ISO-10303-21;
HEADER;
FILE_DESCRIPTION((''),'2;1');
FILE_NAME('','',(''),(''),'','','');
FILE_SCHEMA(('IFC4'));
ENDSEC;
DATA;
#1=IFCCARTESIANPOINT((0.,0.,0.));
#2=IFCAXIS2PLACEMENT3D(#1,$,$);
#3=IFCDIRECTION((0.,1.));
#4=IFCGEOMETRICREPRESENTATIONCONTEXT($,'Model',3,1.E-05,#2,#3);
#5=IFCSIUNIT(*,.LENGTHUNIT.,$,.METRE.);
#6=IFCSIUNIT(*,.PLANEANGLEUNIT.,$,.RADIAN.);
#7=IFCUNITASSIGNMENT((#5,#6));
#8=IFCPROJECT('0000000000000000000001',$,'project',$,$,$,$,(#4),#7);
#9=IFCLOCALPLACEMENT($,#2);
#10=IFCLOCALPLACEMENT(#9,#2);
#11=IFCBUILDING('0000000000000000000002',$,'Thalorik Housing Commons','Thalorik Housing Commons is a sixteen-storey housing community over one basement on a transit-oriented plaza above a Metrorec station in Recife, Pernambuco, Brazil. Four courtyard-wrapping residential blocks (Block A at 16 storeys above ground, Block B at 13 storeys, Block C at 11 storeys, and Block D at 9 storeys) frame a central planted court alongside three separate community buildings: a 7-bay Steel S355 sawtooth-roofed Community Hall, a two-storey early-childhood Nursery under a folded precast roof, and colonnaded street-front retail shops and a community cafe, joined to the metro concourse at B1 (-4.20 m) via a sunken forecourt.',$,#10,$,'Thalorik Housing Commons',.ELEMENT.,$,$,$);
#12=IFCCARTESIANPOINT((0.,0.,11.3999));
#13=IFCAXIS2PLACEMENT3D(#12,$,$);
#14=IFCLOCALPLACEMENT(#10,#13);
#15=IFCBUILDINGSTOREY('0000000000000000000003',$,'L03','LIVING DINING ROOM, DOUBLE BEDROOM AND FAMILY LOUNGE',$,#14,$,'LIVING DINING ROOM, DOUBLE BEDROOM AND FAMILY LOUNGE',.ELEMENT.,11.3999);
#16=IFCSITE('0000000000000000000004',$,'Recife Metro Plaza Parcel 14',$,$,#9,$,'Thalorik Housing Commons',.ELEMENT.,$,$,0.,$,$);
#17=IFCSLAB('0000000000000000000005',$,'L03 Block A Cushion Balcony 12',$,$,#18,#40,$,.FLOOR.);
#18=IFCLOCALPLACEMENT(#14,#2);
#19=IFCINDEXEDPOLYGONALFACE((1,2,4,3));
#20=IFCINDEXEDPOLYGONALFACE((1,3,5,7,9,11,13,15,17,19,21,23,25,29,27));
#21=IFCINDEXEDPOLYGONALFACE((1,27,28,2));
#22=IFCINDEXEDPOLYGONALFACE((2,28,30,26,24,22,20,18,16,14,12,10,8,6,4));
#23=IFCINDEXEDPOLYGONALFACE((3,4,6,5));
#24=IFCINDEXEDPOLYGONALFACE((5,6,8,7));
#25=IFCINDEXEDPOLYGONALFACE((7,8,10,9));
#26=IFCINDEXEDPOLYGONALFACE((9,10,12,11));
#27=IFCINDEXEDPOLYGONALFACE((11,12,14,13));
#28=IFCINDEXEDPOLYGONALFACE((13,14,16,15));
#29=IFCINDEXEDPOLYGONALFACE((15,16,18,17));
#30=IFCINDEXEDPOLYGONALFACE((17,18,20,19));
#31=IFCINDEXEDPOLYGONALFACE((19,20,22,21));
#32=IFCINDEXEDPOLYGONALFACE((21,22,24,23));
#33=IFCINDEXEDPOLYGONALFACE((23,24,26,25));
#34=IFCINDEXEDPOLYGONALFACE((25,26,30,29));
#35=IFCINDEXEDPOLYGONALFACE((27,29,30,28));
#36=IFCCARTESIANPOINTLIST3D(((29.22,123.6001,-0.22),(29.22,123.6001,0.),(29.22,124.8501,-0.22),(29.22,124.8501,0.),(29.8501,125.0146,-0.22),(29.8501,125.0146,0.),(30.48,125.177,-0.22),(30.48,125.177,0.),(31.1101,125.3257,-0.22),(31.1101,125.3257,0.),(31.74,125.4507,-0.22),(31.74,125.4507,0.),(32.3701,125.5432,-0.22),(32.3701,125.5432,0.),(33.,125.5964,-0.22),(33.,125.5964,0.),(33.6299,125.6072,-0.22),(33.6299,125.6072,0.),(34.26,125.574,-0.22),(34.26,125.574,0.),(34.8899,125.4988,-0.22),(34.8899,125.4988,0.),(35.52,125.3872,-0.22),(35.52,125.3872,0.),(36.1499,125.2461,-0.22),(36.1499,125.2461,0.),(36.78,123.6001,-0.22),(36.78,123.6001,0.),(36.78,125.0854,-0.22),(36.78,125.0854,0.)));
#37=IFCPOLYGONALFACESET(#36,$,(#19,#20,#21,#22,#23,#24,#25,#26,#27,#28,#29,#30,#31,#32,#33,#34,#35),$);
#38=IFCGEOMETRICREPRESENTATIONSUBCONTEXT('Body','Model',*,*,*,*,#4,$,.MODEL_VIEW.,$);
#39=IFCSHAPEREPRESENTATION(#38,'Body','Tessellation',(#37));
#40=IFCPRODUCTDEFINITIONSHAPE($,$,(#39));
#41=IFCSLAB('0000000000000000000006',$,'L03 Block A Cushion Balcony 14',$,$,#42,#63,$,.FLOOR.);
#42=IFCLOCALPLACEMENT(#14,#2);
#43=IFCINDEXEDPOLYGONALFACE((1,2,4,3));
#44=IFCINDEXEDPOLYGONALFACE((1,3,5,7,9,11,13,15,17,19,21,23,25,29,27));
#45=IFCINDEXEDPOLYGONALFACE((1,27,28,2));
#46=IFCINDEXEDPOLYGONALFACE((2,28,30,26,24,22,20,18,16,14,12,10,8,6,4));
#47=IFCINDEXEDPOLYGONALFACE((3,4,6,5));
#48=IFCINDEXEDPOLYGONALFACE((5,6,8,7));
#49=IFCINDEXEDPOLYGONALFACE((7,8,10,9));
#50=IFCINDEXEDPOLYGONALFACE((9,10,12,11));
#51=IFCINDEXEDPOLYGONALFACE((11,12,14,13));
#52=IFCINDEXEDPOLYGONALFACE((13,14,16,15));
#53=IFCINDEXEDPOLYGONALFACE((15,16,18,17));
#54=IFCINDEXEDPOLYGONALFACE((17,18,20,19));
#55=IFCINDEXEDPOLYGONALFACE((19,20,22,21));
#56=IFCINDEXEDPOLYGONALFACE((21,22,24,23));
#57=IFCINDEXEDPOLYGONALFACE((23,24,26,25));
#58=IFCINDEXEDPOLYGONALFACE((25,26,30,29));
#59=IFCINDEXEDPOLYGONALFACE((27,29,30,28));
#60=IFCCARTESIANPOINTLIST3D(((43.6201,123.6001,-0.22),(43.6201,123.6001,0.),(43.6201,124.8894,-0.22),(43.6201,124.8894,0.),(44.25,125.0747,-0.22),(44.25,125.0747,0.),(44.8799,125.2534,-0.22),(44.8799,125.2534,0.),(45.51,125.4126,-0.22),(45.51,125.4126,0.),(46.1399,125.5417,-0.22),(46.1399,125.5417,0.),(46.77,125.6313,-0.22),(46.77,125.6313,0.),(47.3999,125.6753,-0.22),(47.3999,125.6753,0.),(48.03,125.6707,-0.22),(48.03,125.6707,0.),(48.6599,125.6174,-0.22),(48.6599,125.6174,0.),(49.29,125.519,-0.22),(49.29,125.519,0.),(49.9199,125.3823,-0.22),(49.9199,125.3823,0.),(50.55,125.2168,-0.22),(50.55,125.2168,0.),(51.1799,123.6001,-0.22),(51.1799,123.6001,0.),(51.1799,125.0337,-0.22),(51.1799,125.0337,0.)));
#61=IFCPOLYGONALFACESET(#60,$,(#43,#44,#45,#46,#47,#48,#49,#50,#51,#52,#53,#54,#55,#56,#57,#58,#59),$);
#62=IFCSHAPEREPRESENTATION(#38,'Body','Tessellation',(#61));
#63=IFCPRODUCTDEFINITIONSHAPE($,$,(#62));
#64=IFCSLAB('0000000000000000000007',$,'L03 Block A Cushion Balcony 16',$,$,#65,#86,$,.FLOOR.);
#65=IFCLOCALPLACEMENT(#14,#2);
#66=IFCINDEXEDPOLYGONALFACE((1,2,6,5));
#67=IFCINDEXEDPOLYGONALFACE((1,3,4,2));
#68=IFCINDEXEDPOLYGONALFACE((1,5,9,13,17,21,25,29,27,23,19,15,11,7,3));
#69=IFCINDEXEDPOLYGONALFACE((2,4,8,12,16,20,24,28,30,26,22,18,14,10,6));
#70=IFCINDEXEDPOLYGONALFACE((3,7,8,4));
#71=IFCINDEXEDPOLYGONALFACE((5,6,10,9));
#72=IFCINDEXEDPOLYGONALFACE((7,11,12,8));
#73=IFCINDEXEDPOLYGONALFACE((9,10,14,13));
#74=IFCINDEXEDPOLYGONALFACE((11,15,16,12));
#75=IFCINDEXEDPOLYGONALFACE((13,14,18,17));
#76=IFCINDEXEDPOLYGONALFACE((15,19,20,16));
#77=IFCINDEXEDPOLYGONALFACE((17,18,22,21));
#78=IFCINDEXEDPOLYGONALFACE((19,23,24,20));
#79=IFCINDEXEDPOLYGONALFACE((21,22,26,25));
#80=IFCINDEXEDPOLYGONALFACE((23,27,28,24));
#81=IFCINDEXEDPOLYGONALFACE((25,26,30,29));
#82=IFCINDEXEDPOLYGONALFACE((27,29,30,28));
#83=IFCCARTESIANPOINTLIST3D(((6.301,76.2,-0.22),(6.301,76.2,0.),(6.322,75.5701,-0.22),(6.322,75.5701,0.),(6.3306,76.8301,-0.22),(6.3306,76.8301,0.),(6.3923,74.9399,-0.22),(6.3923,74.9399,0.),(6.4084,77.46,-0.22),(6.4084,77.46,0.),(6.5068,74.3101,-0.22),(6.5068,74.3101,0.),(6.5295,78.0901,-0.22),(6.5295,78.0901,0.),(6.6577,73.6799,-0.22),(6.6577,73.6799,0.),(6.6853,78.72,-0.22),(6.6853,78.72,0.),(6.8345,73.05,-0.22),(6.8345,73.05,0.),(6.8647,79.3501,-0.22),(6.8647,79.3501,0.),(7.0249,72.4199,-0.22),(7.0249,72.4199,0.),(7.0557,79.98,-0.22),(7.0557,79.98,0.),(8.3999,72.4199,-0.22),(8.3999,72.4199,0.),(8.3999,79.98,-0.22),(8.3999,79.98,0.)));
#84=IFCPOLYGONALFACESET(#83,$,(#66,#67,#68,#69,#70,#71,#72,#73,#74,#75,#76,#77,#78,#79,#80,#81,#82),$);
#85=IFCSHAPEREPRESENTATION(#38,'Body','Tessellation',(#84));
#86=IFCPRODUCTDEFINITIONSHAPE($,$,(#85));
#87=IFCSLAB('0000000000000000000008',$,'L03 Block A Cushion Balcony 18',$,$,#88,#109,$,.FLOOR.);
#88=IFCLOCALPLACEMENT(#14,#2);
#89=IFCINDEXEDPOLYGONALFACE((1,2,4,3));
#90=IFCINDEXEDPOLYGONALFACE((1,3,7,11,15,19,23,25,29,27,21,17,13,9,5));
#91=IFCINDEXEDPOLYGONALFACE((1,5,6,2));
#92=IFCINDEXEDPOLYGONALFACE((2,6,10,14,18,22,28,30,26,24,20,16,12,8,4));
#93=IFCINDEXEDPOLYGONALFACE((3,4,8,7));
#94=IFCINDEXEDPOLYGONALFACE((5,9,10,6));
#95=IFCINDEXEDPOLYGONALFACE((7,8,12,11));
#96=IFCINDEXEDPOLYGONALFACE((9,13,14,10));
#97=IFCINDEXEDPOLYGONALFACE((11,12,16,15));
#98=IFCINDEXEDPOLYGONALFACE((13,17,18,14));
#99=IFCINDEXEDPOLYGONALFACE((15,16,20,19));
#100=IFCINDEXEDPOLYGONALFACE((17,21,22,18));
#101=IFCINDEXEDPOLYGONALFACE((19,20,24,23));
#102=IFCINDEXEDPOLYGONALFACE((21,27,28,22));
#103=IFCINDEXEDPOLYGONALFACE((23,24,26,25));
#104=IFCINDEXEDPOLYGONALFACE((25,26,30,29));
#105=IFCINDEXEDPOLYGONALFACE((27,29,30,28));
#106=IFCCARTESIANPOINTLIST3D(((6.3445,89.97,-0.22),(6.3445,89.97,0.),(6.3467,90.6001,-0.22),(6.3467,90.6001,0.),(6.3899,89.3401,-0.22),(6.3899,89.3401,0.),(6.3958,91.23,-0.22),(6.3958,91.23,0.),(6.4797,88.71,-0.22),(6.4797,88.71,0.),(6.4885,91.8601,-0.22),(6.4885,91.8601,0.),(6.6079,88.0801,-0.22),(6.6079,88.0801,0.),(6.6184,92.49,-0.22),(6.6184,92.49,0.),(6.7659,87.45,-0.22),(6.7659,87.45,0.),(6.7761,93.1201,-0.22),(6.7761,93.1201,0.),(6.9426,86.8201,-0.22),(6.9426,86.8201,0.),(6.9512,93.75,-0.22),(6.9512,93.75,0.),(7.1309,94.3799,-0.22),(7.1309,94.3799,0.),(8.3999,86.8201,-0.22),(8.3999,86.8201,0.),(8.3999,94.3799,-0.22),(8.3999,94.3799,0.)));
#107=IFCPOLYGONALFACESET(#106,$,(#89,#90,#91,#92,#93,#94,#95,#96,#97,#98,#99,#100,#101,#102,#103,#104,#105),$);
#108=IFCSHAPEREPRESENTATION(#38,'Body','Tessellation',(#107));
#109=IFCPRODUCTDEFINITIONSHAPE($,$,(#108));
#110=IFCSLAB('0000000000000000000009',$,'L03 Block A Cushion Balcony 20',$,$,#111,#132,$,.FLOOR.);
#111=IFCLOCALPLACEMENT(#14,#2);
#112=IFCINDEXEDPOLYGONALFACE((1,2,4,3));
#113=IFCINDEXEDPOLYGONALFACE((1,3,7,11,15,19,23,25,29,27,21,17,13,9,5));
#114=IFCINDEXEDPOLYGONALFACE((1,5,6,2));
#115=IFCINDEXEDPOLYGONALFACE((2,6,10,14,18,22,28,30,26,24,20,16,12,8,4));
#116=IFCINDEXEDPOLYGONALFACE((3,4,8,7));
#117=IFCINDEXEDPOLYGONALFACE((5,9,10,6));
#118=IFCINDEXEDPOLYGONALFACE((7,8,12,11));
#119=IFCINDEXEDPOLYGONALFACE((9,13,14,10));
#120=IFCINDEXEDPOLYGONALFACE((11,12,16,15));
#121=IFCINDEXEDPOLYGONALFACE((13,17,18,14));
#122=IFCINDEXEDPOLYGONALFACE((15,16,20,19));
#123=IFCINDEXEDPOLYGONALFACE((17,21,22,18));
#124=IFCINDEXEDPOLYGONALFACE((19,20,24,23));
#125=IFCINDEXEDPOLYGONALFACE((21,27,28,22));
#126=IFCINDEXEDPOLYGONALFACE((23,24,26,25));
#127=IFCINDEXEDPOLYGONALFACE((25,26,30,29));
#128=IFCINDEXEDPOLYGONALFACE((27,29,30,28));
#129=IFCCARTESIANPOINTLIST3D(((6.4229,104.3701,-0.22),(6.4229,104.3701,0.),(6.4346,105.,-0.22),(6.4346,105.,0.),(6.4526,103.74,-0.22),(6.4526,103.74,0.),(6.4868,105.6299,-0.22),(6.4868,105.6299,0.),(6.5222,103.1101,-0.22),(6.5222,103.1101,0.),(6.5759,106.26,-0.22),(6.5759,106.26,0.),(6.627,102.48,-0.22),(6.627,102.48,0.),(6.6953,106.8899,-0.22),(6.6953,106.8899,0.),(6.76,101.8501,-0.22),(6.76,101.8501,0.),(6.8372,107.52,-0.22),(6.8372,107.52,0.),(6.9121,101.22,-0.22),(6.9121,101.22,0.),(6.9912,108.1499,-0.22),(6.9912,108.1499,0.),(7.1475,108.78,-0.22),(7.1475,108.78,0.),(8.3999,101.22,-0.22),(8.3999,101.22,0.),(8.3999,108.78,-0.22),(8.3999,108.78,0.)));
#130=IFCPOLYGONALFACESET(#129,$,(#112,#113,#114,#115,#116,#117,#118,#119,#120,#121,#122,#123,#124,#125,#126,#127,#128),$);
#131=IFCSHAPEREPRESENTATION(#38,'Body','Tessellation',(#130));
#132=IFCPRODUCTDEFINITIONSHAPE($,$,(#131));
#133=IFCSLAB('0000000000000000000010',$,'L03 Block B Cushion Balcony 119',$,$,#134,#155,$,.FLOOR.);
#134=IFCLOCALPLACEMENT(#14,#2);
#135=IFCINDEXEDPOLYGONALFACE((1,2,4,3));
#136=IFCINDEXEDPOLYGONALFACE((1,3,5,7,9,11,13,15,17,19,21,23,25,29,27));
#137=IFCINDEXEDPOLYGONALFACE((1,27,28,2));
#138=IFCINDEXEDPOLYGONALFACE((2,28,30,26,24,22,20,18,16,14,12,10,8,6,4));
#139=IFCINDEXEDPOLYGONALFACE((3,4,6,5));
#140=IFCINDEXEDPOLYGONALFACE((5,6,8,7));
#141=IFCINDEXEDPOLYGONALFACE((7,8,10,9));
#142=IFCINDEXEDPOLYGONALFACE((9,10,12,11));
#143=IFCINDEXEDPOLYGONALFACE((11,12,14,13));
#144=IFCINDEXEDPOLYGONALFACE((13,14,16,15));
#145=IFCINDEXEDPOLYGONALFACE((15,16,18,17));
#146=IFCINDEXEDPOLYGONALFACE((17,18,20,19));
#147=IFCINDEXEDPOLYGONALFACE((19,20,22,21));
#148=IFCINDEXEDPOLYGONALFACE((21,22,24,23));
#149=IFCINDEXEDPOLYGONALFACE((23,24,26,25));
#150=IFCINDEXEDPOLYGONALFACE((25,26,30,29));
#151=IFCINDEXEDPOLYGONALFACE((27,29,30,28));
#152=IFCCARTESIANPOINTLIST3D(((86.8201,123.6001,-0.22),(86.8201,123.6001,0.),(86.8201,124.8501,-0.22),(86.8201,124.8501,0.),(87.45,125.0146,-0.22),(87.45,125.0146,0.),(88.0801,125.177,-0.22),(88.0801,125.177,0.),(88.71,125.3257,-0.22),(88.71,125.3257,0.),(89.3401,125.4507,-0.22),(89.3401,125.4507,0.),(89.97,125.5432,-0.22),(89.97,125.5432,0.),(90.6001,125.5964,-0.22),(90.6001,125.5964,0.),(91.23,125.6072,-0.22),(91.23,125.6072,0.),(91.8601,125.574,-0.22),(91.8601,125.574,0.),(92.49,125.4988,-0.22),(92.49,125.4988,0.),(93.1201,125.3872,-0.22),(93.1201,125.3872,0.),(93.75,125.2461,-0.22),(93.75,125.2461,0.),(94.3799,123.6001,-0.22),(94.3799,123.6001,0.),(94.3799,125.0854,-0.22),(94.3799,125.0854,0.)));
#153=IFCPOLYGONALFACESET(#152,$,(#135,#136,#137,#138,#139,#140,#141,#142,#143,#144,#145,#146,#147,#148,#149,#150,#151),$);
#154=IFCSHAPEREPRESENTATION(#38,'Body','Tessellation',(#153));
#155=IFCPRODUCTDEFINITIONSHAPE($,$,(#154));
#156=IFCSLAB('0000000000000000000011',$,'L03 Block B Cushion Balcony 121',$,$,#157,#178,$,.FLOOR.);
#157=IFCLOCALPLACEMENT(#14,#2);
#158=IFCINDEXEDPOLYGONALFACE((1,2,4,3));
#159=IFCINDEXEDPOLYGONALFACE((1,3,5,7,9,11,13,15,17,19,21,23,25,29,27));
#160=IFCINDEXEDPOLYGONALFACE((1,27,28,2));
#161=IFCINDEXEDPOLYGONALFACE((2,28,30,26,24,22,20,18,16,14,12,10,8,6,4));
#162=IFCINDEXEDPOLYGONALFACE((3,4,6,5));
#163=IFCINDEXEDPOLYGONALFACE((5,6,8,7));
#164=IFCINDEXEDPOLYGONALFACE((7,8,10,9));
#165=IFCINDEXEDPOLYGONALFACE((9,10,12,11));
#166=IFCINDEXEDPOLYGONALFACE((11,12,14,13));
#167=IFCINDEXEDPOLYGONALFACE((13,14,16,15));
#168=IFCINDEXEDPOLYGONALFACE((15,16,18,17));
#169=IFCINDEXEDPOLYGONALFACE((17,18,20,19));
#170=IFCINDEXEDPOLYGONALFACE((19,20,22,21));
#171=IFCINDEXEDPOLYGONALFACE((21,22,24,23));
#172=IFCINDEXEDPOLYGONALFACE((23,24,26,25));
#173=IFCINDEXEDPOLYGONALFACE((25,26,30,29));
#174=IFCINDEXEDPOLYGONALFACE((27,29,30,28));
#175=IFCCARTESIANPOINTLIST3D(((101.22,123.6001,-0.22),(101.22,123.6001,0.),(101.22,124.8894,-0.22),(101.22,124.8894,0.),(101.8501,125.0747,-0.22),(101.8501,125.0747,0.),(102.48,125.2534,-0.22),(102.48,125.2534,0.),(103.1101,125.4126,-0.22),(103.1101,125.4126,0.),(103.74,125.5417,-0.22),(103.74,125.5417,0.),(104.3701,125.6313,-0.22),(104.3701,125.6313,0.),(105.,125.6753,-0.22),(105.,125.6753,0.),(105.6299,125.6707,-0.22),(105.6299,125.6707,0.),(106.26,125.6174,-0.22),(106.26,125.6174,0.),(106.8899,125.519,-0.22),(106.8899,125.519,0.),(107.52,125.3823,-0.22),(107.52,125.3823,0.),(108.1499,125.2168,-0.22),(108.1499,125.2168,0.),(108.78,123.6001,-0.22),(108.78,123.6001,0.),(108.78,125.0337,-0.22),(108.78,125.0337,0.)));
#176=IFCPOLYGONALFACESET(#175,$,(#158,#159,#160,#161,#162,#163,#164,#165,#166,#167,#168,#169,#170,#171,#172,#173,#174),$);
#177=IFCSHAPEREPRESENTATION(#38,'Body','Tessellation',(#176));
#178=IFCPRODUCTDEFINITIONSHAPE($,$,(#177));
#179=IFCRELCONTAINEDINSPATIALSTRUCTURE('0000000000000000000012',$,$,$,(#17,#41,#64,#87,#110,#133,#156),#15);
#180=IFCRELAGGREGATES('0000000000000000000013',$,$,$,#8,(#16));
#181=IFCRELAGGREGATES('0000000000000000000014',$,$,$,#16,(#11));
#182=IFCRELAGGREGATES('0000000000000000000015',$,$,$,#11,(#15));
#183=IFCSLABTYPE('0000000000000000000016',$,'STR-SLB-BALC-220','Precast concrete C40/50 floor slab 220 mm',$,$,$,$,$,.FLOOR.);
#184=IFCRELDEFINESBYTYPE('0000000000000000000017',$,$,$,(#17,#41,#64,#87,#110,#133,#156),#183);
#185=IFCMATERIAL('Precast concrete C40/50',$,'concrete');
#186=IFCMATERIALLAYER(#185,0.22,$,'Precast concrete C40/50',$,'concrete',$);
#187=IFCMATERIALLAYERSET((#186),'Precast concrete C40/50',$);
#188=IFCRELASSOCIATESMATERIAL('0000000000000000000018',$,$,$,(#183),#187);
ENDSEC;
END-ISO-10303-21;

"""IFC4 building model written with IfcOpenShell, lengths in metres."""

from ifc_helpers import new_model, si_unit, direction, frame, origin, place, context, subcontext, project, spatial, polyline, outline, extrude, material, layer, layer_set, type_object, element, save


model = new_model("IFC4")

# Units and contexts
model_context = context("Model", 3, precision=1e-05, world=origin(), true_north=direction((0.0, 1.0)))
body_context = subcontext(model_context, "Body", "Model", "MODEL_VIEW")
ifc_project = project(units=[si_unit("LENGTHUNIT", "METRE"), si_unit("PLANEANGLEUNIT", "RADIAN")], contexts=[model_context])

# Site, building, storey
site_placement = place(None, origin())
site = spatial("IfcSite", under=ifc_project, at=site_placement, Name="Recife Metro Plaza Parcel 14", LongName="Thalorik Housing Commons", CompositionType="ELEMENT", RefElevation=0.0)
building_placement = place(site_placement, origin())
building = spatial("IfcBuilding", under=site, at=building_placement, Name="Thalorik Housing Commons", Description="Thalorik Housing Commons is a sixteen-storey housing community over one basement on a transit-oriented plaza above a Metrorec station in Recife, Pernambuco, Brazil. Four courtyard-wrapping residential blocks (Block A at 16 storeys above ground, Block B at 13 storeys, Block C at 11 storeys, and Block D at 9 storeys) frame a central planted court alongside three separate community buildings: a 7-bay Steel S355 sawtooth-roofed Community Hall, a two-storey early-childhood Nursery under a folded precast roof, and colonnaded street-front retail shops and a community cafe, joined to the metro concourse at B1 (-4.20 m) via a sunken forecourt.", LongName="Thalorik Housing Commons", CompositionType="ELEMENT")
storey_placement = place(building_placement, frame((0.0, 0.0, 11.3999)))
storey = spatial("IfcBuildingStorey", under=building, at=storey_placement, Name="L03", Description="LIVING DINING ROOM, DOUBLE BEDROOM AND FAMILY LOUNGE", LongName="LIVING DINING ROOM, DOUBLE BEDROOM AND FAMILY LOUNGE", CompositionType="ELEMENT", Elevation=11.3999)

# Slabs
ifc_material_1 = material(Name="Precast concrete C40/50", Category="concrete")
ifc_layer_1 = layer(ifc_material_1, 0.22, Name="Precast concrete C40/50", Category="concrete")
ifc_layer_set_1 = layer_set([ifc_layer_1], Name="Precast concrete C40/50")
slab_type_1 = type_object("IfcSlabType", Name="STR-SLB-BALC-220", Description="Precast concrete C40/50 floor slab 220 mm", PredefinedType="FLOOR", material=ifc_layer_set_1)
slab_1_placement = place(storey_placement, frame((0.0, 0.0, -0.22)))
element("IfcSlab", 1, at=slab_1_placement, inside=storey, type_object=slab_type_1, Name="L03 Block A Cushion Balcony 12", PredefinedType="FLOOR", context=body_context, shape_type="SweptSolid", body=[
    extrude(outline(polyline([(29.22, 123.6001), (36.78, 123.6001), (36.78, 125.0854), (36.1499, 125.2461), (35.52, 125.3872), (34.8899, 125.4988), (34.26, 125.574), (33.6299, 125.6072), (33.0, 125.5964), (32.3701, 125.5432), (31.74, 125.4507), (31.1101, 125.3257), (30.48, 125.177), (29.8501, 125.0146), (29.22, 124.8501), (29.22, 123.6001)])), origin(), (0.0, 0.0, 1.0), 0.22),
])
slab_2_placement = place(storey_placement, frame((0.0, 0.0, -0.22)))
element("IfcSlab", 2, at=slab_2_placement, inside=storey, type_object=slab_type_1, Name="L03 Block A Cushion Balcony 14", PredefinedType="FLOOR", context=body_context, shape_type="SweptSolid", body=[
    extrude(outline(polyline([(43.6201, 123.6001), (51.1799, 123.6001), (51.1799, 125.0337), (50.55, 125.2168), (49.9199, 125.3823), (49.29, 125.519), (48.6599, 125.6174), (48.03, 125.6707), (47.3999, 125.6753), (46.77, 125.6313), (46.1399, 125.5417), (45.51, 125.4126), (44.8799, 125.2534), (44.25, 125.0747), (43.6201, 124.8894), (43.6201, 123.6001)])), origin(), (0.0, 0.0, 1.0), 0.22),
])
slab_3_placement = place(storey_placement, frame((0.0, 0.0, -0.22)))
element("IfcSlab", 3, at=slab_3_placement, inside=storey, type_object=slab_type_1, Name="L03 Block A Cushion Balcony 16", PredefinedType="FLOOR", context=body_context, shape_type="SweptSolid", body=[
    extrude(outline(polyline([(8.3999, 72.4199), (8.3999, 79.98), (7.0557, 79.98), (6.8647, 79.3501), (6.6853, 78.72), (6.5295, 78.0901), (6.4084, 77.46), (6.3306, 76.8301), (6.301, 76.2), (6.322, 75.5701), (6.3923, 74.9399), (6.5068, 74.3101), (6.6577, 73.6799), (6.8345, 73.05), (7.0249, 72.4199), (8.3999, 72.4199)])), origin(), (0.0, 0.0, 1.0), 0.22),
])
slab_4_placement = place(storey_placement, frame((0.0, 0.0, -0.22)))
element("IfcSlab", 4, at=slab_4_placement, inside=storey, type_object=slab_type_1, Name="L03 Block A Cushion Balcony 18", PredefinedType="FLOOR", context=body_context, shape_type="SweptSolid", body=[
    extrude(outline(polyline([(8.3999, 86.8201), (8.3999, 94.3799), (7.1309, 94.3799), (6.9512, 93.75), (6.7761, 93.1201), (6.6184, 92.49), (6.4885, 91.8601), (6.3958, 91.23), (6.3467, 90.6001), (6.3445, 89.97), (6.3899, 89.3401), (6.4797, 88.71), (6.6079, 88.0801), (6.7659, 87.45), (6.9426, 86.8201), (8.3999, 86.8201)])), origin(), (0.0, 0.0, 1.0), 0.22),
])
slab_5_placement = place(storey_placement, frame((0.0, 0.0, -0.22)))
element("IfcSlab", 5, at=slab_5_placement, inside=storey, type_object=slab_type_1, Name="L03 Block A Cushion Balcony 20", PredefinedType="FLOOR", context=body_context, shape_type="SweptSolid", body=[
    extrude(outline(polyline([(8.3999, 101.22), (8.3999, 108.78), (7.1475, 108.78), (6.9912, 108.1499), (6.8372, 107.52), (6.6953, 106.8899), (6.5759, 106.26), (6.4868, 105.6299), (6.4346, 105.0), (6.4229, 104.3701), (6.4526, 103.74), (6.5222, 103.1101), (6.627, 102.48), (6.76, 101.8501), (6.9121, 101.22), (8.3999, 101.22)])), origin(), (0.0, 0.0, 1.0), 0.22),
])
slab_6_placement = place(storey_placement, frame((0.0, 0.0, -0.22)))
element("IfcSlab", 6, at=slab_6_placement, inside=storey, type_object=slab_type_1, Name="L03 Block B Cushion Balcony 119", PredefinedType="FLOOR", context=body_context, shape_type="SweptSolid", body=[
    extrude(outline(polyline([(86.8201, 123.6001), (94.3799, 123.6001), (94.3799, 125.0854), (93.75, 125.2461), (93.1201, 125.3872), (92.49, 125.4988), (91.8601, 125.574), (91.23, 125.6072), (90.6001, 125.5964), (89.97, 125.5432), (89.3401, 125.4507), (88.71, 125.3257), (88.0801, 125.177), (87.45, 125.0146), (86.8201, 124.8501), (86.8201, 123.6001)])), origin(), (0.0, 0.0, 1.0), 0.22),
])
slab_7_placement = place(storey_placement, frame((0.0, 0.0, -0.22)))
element("IfcSlab", 7, at=slab_7_placement, inside=storey, type_object=slab_type_1, Name="L03 Block B Cushion Balcony 121", PredefinedType="FLOOR", context=body_context, shape_type="SweptSolid", body=[
    extrude(outline(polyline([(101.22, 123.6001), (108.78, 123.6001), (108.78, 125.0337), (108.1499, 125.2168), (107.52, 125.3823), (106.8899, 125.519), (106.26, 125.6174), (105.6299, 125.6707), (105.0, 125.6753), (104.3701, 125.6313), (103.74, 125.5417), (103.1101, 125.4126), (102.48, 125.2534), (101.8501, 125.0747), (101.22, 124.8894), (101.22, 123.6001)])), origin(), (0.0, 0.0, 1.0), 0.22),
])

save(model, "model.ifc")
